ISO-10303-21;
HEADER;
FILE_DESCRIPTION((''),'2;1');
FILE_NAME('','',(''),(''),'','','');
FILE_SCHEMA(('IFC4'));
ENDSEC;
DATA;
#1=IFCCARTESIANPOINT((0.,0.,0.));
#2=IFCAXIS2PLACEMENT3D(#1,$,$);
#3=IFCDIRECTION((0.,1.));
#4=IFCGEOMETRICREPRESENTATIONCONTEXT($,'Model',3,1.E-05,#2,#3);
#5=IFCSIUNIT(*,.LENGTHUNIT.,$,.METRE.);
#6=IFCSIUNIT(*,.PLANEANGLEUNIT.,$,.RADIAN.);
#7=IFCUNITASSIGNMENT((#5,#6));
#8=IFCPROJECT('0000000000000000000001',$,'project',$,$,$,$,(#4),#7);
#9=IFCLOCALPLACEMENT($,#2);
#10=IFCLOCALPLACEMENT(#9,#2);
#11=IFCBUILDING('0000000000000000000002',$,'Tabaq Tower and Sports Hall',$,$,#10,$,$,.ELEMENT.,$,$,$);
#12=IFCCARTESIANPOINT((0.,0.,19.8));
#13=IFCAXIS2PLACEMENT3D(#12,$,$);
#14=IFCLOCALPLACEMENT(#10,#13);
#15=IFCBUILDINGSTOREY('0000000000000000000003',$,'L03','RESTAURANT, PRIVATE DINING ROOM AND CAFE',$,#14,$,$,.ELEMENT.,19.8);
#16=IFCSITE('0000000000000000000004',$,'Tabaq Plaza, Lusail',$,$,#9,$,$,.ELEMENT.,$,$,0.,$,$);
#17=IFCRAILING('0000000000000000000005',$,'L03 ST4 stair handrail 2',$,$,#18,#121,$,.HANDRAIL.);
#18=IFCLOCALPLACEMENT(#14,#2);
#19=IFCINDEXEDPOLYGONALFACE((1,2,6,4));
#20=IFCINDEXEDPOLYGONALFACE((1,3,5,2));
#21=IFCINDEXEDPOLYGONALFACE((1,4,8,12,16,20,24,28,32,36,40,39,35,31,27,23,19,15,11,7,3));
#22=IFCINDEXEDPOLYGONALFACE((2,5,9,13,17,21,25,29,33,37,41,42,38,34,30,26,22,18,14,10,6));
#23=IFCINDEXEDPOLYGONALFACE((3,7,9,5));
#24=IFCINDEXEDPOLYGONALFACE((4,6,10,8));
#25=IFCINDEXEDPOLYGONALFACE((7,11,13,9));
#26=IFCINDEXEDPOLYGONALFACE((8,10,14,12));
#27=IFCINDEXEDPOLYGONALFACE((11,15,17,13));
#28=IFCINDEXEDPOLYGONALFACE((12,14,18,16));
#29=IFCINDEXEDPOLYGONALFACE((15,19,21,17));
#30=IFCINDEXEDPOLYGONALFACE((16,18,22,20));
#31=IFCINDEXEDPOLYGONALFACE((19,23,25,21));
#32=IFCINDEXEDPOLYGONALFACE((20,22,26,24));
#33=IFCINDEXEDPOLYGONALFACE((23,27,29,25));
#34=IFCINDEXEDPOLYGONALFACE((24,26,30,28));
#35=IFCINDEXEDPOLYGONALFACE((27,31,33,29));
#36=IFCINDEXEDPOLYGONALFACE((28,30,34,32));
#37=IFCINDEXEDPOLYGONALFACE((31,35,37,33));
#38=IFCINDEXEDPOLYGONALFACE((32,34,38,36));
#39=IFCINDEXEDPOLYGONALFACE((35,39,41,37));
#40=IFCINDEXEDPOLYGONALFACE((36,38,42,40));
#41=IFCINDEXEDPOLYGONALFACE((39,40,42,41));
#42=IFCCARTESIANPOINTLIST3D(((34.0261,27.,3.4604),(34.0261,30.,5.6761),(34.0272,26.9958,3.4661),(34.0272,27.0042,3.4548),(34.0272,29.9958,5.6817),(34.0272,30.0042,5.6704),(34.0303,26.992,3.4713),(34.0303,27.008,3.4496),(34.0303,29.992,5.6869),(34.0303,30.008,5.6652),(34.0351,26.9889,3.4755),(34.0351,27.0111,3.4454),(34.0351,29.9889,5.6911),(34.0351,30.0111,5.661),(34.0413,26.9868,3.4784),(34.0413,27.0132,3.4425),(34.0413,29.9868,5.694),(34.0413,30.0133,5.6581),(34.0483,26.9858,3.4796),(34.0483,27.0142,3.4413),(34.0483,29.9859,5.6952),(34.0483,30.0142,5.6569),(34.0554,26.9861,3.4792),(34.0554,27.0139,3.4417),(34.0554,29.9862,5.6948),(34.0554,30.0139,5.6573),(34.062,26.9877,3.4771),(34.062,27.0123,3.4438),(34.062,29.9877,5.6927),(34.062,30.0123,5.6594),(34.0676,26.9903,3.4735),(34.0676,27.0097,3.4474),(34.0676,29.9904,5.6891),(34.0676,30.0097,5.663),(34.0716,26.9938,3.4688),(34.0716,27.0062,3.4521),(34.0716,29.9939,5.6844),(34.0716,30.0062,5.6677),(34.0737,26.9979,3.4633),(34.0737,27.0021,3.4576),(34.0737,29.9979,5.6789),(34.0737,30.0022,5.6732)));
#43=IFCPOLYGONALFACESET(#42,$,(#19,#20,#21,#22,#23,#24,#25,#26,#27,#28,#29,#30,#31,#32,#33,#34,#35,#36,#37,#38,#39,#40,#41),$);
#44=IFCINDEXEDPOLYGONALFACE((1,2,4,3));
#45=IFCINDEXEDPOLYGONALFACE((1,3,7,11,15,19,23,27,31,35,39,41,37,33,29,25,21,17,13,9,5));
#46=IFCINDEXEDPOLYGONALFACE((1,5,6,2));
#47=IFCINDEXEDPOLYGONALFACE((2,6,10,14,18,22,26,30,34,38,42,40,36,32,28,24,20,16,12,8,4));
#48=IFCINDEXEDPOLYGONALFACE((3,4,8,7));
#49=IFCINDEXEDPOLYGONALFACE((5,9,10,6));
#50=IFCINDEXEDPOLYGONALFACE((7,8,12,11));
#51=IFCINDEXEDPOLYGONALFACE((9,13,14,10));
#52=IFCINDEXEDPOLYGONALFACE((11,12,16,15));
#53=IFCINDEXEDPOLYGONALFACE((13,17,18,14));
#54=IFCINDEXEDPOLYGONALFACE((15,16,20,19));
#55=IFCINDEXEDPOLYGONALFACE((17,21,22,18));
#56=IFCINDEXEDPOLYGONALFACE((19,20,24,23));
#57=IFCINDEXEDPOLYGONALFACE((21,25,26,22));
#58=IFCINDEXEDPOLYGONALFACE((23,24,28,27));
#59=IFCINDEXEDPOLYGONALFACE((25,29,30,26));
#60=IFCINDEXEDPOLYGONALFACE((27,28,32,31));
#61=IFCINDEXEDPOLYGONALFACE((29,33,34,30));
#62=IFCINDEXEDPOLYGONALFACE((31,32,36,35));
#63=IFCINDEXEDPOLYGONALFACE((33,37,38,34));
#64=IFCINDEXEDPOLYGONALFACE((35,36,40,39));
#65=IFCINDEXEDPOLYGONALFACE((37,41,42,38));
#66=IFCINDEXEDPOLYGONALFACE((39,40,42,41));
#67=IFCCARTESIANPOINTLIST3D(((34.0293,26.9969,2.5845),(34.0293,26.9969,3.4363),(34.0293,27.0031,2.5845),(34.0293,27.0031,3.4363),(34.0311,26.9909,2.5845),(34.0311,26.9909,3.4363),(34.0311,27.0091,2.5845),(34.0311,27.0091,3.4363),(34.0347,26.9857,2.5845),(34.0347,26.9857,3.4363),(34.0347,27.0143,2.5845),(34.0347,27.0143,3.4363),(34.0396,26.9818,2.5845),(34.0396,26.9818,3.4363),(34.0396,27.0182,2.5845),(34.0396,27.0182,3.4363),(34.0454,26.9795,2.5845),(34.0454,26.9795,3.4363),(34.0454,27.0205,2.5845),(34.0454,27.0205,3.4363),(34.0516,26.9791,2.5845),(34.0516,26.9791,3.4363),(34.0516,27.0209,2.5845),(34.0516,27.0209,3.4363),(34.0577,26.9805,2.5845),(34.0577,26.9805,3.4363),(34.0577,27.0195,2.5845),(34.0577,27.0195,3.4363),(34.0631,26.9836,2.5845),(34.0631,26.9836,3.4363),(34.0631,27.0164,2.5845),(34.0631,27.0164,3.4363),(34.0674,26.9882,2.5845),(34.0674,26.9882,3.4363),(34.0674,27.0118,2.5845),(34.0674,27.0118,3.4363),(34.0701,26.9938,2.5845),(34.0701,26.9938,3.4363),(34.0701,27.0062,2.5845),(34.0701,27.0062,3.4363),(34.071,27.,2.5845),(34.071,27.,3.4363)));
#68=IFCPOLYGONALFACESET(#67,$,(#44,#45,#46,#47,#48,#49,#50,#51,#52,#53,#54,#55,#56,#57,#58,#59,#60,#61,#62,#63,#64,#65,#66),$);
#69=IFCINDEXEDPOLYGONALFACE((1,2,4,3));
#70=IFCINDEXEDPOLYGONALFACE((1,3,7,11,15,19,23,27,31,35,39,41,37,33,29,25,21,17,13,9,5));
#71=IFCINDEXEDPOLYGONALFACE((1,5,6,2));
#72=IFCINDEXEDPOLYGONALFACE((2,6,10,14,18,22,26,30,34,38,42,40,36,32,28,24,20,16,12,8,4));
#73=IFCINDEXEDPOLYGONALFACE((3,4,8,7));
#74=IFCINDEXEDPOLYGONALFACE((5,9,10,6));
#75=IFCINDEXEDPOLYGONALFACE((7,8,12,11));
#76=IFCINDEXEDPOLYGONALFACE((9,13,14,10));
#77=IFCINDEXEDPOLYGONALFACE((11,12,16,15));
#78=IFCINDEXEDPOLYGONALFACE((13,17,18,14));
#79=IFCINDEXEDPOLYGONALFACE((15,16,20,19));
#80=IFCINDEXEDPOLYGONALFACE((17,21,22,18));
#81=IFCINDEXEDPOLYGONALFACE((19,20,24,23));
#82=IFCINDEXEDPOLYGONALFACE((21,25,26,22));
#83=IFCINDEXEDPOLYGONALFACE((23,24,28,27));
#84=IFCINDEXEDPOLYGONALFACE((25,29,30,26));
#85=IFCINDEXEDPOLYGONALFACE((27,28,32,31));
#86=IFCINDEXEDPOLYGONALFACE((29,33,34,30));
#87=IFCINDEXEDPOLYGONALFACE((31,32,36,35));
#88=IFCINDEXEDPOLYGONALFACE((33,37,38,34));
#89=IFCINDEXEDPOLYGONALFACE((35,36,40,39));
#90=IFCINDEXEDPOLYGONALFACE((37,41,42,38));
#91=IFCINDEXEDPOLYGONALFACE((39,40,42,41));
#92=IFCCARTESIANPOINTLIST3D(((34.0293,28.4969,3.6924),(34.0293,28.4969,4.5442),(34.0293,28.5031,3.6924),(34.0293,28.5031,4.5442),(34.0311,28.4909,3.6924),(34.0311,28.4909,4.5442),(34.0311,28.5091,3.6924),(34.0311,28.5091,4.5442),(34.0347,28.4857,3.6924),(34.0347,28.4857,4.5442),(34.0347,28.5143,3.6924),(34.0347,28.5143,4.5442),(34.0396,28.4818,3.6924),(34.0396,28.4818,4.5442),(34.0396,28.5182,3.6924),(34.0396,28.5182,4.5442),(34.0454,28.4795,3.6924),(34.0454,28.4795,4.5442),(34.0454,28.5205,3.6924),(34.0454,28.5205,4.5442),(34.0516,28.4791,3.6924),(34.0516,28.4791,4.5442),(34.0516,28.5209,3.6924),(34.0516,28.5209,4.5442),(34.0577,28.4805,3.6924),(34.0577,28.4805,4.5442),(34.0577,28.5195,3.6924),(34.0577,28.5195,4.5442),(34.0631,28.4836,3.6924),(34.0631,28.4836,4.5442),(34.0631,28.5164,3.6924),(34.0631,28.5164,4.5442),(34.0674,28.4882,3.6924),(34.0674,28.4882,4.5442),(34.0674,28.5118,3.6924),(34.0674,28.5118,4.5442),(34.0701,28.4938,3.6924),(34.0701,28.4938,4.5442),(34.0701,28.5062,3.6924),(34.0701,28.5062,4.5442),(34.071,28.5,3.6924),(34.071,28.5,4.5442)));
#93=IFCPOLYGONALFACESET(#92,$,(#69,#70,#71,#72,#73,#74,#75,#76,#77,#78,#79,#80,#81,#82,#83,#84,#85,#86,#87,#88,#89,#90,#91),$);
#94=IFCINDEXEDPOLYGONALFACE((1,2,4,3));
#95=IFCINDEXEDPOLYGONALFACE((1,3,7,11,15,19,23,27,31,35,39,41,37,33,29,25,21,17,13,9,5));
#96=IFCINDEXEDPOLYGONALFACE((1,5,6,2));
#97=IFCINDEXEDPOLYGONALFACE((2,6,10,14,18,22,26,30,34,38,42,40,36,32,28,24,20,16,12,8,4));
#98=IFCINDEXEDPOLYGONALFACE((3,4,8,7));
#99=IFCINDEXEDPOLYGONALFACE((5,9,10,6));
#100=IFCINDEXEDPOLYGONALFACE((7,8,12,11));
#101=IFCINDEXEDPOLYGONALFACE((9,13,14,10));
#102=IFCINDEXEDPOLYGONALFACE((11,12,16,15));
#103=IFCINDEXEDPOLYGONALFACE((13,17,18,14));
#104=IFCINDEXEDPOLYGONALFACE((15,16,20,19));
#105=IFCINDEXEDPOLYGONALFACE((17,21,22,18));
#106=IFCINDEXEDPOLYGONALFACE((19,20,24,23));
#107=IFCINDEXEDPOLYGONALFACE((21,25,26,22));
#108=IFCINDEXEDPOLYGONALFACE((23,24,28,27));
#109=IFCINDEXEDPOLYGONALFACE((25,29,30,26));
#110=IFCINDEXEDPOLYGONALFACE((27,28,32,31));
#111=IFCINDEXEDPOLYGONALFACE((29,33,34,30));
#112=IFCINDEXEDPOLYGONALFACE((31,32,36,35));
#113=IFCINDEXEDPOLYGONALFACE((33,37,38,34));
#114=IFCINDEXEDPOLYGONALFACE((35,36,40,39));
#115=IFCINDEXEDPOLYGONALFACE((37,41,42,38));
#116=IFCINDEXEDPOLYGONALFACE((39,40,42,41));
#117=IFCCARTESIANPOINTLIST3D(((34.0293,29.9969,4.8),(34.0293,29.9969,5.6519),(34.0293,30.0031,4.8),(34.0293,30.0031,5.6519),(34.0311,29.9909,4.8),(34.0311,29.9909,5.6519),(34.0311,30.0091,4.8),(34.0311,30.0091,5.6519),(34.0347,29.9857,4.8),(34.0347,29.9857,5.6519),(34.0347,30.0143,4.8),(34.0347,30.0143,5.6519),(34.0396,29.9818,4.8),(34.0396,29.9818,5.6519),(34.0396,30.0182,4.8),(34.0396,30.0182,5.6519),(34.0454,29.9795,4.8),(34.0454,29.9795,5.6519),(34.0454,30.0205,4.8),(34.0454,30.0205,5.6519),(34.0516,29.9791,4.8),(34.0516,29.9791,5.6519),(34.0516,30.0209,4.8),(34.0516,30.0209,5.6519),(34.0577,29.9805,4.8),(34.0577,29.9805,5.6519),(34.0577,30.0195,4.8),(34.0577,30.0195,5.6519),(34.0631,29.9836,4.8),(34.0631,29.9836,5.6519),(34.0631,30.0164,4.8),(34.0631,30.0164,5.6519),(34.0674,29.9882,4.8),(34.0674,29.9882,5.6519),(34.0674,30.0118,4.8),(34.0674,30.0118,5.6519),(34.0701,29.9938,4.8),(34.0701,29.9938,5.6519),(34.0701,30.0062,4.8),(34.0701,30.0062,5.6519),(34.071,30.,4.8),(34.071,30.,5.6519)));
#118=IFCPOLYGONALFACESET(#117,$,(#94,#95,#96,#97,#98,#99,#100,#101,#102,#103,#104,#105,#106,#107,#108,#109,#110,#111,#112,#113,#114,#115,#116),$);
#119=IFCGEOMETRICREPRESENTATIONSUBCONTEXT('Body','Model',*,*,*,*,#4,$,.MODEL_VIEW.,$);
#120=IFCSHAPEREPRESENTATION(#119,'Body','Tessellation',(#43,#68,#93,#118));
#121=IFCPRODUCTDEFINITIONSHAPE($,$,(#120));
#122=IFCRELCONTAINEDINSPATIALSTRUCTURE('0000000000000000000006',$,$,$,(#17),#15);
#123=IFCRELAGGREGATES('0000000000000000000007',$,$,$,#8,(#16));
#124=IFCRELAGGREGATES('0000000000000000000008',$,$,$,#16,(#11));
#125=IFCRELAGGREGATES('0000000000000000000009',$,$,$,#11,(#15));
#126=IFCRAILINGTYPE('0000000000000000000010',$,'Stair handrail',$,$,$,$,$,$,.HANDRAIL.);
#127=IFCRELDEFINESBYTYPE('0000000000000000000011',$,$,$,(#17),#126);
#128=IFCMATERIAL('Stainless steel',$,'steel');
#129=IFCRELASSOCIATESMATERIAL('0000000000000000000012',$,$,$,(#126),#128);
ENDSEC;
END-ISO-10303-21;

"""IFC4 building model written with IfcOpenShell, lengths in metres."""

from ifc_helpers import new_model, si_unit, direction, frame, origin, origin_2d, place, context, subcontext, project, spatial, circle, extrude, material, type_object, element, save


model = new_model("IFC4")

# Units and contexts
model_context = context("Model", 3, precision=1e-05, world=origin(), true_north=direction((0.0, 1.0)))
body_context = subcontext(model_context, "Body", "Model", "MODEL_VIEW")
ifc_project = project(units=[si_unit("LENGTHUNIT", "METRE"), si_unit("PLANEANGLEUNIT", "RADIAN")], contexts=[model_context])

# Site, building, storey
site_placement = place(None, origin())
site = spatial("IfcSite", under=ifc_project, at=site_placement, Name="Tabaq Plaza, Lusail", CompositionType="ELEMENT", RefElevation=0.0)
building_placement = place(site_placement, origin())
building = spatial("IfcBuilding", under=site, at=building_placement, Name="Tabaq Tower and Sports Hall", CompositionType="ELEMENT")
storey_placement = place(building_placement, frame((0.0, 0.0, 19.8)))
storey = spatial("IfcBuildingStorey", under=building, at=storey_placement, Name="L03", Description="RESTAURANT, PRIVATE DINING ROOM AND CAFE", CompositionType="ELEMENT", Elevation=19.8)

# Railing
ifc_material_1 = material(Name="Stainless steel", Category="steel")
railing_type_1 = type_object("IfcRailingType", Name="Stair handrail", PredefinedType="HANDRAIL", material=ifc_material_1)
railing_1_placement = place(storey_placement, frame((34.05, 27.0, 2.5845)))
element("IfcRailing", 1, at=railing_1_placement, inside=storey, type_object=railing_type_1, Name="L03 ST4 stair handrail 2", PredefinedType="HANDRAIL", context=body_context, shape_type="SweptSolid", body=[
    extrude(circle(Radius=0.0239, at=origin_2d()), frame((0.0, 0.0, 0.876), z_axis=(0.0, 0.804409, 0.594076), x_axis=(-1.0, 0.0, 0.0)), (0.0, 0.0, 1.0), 3.7295),
    extrude(circle(Radius=0.021, at=origin_2d()), origin(), (0.0, 0.0, 1.0), 0.8518),
    extrude(circle(Radius=0.021, at=origin_2d()), frame((0.0, 1.5, 1.1079)), (0.0, 0.0, 1.0), 0.8518),
    extrude(circle(Radius=0.021, at=origin_2d()), frame((0.0, 3.0, 2.2156)), (0.0, 0.0, 1.0), 0.8518),
])

save(model, "model.ifc")
